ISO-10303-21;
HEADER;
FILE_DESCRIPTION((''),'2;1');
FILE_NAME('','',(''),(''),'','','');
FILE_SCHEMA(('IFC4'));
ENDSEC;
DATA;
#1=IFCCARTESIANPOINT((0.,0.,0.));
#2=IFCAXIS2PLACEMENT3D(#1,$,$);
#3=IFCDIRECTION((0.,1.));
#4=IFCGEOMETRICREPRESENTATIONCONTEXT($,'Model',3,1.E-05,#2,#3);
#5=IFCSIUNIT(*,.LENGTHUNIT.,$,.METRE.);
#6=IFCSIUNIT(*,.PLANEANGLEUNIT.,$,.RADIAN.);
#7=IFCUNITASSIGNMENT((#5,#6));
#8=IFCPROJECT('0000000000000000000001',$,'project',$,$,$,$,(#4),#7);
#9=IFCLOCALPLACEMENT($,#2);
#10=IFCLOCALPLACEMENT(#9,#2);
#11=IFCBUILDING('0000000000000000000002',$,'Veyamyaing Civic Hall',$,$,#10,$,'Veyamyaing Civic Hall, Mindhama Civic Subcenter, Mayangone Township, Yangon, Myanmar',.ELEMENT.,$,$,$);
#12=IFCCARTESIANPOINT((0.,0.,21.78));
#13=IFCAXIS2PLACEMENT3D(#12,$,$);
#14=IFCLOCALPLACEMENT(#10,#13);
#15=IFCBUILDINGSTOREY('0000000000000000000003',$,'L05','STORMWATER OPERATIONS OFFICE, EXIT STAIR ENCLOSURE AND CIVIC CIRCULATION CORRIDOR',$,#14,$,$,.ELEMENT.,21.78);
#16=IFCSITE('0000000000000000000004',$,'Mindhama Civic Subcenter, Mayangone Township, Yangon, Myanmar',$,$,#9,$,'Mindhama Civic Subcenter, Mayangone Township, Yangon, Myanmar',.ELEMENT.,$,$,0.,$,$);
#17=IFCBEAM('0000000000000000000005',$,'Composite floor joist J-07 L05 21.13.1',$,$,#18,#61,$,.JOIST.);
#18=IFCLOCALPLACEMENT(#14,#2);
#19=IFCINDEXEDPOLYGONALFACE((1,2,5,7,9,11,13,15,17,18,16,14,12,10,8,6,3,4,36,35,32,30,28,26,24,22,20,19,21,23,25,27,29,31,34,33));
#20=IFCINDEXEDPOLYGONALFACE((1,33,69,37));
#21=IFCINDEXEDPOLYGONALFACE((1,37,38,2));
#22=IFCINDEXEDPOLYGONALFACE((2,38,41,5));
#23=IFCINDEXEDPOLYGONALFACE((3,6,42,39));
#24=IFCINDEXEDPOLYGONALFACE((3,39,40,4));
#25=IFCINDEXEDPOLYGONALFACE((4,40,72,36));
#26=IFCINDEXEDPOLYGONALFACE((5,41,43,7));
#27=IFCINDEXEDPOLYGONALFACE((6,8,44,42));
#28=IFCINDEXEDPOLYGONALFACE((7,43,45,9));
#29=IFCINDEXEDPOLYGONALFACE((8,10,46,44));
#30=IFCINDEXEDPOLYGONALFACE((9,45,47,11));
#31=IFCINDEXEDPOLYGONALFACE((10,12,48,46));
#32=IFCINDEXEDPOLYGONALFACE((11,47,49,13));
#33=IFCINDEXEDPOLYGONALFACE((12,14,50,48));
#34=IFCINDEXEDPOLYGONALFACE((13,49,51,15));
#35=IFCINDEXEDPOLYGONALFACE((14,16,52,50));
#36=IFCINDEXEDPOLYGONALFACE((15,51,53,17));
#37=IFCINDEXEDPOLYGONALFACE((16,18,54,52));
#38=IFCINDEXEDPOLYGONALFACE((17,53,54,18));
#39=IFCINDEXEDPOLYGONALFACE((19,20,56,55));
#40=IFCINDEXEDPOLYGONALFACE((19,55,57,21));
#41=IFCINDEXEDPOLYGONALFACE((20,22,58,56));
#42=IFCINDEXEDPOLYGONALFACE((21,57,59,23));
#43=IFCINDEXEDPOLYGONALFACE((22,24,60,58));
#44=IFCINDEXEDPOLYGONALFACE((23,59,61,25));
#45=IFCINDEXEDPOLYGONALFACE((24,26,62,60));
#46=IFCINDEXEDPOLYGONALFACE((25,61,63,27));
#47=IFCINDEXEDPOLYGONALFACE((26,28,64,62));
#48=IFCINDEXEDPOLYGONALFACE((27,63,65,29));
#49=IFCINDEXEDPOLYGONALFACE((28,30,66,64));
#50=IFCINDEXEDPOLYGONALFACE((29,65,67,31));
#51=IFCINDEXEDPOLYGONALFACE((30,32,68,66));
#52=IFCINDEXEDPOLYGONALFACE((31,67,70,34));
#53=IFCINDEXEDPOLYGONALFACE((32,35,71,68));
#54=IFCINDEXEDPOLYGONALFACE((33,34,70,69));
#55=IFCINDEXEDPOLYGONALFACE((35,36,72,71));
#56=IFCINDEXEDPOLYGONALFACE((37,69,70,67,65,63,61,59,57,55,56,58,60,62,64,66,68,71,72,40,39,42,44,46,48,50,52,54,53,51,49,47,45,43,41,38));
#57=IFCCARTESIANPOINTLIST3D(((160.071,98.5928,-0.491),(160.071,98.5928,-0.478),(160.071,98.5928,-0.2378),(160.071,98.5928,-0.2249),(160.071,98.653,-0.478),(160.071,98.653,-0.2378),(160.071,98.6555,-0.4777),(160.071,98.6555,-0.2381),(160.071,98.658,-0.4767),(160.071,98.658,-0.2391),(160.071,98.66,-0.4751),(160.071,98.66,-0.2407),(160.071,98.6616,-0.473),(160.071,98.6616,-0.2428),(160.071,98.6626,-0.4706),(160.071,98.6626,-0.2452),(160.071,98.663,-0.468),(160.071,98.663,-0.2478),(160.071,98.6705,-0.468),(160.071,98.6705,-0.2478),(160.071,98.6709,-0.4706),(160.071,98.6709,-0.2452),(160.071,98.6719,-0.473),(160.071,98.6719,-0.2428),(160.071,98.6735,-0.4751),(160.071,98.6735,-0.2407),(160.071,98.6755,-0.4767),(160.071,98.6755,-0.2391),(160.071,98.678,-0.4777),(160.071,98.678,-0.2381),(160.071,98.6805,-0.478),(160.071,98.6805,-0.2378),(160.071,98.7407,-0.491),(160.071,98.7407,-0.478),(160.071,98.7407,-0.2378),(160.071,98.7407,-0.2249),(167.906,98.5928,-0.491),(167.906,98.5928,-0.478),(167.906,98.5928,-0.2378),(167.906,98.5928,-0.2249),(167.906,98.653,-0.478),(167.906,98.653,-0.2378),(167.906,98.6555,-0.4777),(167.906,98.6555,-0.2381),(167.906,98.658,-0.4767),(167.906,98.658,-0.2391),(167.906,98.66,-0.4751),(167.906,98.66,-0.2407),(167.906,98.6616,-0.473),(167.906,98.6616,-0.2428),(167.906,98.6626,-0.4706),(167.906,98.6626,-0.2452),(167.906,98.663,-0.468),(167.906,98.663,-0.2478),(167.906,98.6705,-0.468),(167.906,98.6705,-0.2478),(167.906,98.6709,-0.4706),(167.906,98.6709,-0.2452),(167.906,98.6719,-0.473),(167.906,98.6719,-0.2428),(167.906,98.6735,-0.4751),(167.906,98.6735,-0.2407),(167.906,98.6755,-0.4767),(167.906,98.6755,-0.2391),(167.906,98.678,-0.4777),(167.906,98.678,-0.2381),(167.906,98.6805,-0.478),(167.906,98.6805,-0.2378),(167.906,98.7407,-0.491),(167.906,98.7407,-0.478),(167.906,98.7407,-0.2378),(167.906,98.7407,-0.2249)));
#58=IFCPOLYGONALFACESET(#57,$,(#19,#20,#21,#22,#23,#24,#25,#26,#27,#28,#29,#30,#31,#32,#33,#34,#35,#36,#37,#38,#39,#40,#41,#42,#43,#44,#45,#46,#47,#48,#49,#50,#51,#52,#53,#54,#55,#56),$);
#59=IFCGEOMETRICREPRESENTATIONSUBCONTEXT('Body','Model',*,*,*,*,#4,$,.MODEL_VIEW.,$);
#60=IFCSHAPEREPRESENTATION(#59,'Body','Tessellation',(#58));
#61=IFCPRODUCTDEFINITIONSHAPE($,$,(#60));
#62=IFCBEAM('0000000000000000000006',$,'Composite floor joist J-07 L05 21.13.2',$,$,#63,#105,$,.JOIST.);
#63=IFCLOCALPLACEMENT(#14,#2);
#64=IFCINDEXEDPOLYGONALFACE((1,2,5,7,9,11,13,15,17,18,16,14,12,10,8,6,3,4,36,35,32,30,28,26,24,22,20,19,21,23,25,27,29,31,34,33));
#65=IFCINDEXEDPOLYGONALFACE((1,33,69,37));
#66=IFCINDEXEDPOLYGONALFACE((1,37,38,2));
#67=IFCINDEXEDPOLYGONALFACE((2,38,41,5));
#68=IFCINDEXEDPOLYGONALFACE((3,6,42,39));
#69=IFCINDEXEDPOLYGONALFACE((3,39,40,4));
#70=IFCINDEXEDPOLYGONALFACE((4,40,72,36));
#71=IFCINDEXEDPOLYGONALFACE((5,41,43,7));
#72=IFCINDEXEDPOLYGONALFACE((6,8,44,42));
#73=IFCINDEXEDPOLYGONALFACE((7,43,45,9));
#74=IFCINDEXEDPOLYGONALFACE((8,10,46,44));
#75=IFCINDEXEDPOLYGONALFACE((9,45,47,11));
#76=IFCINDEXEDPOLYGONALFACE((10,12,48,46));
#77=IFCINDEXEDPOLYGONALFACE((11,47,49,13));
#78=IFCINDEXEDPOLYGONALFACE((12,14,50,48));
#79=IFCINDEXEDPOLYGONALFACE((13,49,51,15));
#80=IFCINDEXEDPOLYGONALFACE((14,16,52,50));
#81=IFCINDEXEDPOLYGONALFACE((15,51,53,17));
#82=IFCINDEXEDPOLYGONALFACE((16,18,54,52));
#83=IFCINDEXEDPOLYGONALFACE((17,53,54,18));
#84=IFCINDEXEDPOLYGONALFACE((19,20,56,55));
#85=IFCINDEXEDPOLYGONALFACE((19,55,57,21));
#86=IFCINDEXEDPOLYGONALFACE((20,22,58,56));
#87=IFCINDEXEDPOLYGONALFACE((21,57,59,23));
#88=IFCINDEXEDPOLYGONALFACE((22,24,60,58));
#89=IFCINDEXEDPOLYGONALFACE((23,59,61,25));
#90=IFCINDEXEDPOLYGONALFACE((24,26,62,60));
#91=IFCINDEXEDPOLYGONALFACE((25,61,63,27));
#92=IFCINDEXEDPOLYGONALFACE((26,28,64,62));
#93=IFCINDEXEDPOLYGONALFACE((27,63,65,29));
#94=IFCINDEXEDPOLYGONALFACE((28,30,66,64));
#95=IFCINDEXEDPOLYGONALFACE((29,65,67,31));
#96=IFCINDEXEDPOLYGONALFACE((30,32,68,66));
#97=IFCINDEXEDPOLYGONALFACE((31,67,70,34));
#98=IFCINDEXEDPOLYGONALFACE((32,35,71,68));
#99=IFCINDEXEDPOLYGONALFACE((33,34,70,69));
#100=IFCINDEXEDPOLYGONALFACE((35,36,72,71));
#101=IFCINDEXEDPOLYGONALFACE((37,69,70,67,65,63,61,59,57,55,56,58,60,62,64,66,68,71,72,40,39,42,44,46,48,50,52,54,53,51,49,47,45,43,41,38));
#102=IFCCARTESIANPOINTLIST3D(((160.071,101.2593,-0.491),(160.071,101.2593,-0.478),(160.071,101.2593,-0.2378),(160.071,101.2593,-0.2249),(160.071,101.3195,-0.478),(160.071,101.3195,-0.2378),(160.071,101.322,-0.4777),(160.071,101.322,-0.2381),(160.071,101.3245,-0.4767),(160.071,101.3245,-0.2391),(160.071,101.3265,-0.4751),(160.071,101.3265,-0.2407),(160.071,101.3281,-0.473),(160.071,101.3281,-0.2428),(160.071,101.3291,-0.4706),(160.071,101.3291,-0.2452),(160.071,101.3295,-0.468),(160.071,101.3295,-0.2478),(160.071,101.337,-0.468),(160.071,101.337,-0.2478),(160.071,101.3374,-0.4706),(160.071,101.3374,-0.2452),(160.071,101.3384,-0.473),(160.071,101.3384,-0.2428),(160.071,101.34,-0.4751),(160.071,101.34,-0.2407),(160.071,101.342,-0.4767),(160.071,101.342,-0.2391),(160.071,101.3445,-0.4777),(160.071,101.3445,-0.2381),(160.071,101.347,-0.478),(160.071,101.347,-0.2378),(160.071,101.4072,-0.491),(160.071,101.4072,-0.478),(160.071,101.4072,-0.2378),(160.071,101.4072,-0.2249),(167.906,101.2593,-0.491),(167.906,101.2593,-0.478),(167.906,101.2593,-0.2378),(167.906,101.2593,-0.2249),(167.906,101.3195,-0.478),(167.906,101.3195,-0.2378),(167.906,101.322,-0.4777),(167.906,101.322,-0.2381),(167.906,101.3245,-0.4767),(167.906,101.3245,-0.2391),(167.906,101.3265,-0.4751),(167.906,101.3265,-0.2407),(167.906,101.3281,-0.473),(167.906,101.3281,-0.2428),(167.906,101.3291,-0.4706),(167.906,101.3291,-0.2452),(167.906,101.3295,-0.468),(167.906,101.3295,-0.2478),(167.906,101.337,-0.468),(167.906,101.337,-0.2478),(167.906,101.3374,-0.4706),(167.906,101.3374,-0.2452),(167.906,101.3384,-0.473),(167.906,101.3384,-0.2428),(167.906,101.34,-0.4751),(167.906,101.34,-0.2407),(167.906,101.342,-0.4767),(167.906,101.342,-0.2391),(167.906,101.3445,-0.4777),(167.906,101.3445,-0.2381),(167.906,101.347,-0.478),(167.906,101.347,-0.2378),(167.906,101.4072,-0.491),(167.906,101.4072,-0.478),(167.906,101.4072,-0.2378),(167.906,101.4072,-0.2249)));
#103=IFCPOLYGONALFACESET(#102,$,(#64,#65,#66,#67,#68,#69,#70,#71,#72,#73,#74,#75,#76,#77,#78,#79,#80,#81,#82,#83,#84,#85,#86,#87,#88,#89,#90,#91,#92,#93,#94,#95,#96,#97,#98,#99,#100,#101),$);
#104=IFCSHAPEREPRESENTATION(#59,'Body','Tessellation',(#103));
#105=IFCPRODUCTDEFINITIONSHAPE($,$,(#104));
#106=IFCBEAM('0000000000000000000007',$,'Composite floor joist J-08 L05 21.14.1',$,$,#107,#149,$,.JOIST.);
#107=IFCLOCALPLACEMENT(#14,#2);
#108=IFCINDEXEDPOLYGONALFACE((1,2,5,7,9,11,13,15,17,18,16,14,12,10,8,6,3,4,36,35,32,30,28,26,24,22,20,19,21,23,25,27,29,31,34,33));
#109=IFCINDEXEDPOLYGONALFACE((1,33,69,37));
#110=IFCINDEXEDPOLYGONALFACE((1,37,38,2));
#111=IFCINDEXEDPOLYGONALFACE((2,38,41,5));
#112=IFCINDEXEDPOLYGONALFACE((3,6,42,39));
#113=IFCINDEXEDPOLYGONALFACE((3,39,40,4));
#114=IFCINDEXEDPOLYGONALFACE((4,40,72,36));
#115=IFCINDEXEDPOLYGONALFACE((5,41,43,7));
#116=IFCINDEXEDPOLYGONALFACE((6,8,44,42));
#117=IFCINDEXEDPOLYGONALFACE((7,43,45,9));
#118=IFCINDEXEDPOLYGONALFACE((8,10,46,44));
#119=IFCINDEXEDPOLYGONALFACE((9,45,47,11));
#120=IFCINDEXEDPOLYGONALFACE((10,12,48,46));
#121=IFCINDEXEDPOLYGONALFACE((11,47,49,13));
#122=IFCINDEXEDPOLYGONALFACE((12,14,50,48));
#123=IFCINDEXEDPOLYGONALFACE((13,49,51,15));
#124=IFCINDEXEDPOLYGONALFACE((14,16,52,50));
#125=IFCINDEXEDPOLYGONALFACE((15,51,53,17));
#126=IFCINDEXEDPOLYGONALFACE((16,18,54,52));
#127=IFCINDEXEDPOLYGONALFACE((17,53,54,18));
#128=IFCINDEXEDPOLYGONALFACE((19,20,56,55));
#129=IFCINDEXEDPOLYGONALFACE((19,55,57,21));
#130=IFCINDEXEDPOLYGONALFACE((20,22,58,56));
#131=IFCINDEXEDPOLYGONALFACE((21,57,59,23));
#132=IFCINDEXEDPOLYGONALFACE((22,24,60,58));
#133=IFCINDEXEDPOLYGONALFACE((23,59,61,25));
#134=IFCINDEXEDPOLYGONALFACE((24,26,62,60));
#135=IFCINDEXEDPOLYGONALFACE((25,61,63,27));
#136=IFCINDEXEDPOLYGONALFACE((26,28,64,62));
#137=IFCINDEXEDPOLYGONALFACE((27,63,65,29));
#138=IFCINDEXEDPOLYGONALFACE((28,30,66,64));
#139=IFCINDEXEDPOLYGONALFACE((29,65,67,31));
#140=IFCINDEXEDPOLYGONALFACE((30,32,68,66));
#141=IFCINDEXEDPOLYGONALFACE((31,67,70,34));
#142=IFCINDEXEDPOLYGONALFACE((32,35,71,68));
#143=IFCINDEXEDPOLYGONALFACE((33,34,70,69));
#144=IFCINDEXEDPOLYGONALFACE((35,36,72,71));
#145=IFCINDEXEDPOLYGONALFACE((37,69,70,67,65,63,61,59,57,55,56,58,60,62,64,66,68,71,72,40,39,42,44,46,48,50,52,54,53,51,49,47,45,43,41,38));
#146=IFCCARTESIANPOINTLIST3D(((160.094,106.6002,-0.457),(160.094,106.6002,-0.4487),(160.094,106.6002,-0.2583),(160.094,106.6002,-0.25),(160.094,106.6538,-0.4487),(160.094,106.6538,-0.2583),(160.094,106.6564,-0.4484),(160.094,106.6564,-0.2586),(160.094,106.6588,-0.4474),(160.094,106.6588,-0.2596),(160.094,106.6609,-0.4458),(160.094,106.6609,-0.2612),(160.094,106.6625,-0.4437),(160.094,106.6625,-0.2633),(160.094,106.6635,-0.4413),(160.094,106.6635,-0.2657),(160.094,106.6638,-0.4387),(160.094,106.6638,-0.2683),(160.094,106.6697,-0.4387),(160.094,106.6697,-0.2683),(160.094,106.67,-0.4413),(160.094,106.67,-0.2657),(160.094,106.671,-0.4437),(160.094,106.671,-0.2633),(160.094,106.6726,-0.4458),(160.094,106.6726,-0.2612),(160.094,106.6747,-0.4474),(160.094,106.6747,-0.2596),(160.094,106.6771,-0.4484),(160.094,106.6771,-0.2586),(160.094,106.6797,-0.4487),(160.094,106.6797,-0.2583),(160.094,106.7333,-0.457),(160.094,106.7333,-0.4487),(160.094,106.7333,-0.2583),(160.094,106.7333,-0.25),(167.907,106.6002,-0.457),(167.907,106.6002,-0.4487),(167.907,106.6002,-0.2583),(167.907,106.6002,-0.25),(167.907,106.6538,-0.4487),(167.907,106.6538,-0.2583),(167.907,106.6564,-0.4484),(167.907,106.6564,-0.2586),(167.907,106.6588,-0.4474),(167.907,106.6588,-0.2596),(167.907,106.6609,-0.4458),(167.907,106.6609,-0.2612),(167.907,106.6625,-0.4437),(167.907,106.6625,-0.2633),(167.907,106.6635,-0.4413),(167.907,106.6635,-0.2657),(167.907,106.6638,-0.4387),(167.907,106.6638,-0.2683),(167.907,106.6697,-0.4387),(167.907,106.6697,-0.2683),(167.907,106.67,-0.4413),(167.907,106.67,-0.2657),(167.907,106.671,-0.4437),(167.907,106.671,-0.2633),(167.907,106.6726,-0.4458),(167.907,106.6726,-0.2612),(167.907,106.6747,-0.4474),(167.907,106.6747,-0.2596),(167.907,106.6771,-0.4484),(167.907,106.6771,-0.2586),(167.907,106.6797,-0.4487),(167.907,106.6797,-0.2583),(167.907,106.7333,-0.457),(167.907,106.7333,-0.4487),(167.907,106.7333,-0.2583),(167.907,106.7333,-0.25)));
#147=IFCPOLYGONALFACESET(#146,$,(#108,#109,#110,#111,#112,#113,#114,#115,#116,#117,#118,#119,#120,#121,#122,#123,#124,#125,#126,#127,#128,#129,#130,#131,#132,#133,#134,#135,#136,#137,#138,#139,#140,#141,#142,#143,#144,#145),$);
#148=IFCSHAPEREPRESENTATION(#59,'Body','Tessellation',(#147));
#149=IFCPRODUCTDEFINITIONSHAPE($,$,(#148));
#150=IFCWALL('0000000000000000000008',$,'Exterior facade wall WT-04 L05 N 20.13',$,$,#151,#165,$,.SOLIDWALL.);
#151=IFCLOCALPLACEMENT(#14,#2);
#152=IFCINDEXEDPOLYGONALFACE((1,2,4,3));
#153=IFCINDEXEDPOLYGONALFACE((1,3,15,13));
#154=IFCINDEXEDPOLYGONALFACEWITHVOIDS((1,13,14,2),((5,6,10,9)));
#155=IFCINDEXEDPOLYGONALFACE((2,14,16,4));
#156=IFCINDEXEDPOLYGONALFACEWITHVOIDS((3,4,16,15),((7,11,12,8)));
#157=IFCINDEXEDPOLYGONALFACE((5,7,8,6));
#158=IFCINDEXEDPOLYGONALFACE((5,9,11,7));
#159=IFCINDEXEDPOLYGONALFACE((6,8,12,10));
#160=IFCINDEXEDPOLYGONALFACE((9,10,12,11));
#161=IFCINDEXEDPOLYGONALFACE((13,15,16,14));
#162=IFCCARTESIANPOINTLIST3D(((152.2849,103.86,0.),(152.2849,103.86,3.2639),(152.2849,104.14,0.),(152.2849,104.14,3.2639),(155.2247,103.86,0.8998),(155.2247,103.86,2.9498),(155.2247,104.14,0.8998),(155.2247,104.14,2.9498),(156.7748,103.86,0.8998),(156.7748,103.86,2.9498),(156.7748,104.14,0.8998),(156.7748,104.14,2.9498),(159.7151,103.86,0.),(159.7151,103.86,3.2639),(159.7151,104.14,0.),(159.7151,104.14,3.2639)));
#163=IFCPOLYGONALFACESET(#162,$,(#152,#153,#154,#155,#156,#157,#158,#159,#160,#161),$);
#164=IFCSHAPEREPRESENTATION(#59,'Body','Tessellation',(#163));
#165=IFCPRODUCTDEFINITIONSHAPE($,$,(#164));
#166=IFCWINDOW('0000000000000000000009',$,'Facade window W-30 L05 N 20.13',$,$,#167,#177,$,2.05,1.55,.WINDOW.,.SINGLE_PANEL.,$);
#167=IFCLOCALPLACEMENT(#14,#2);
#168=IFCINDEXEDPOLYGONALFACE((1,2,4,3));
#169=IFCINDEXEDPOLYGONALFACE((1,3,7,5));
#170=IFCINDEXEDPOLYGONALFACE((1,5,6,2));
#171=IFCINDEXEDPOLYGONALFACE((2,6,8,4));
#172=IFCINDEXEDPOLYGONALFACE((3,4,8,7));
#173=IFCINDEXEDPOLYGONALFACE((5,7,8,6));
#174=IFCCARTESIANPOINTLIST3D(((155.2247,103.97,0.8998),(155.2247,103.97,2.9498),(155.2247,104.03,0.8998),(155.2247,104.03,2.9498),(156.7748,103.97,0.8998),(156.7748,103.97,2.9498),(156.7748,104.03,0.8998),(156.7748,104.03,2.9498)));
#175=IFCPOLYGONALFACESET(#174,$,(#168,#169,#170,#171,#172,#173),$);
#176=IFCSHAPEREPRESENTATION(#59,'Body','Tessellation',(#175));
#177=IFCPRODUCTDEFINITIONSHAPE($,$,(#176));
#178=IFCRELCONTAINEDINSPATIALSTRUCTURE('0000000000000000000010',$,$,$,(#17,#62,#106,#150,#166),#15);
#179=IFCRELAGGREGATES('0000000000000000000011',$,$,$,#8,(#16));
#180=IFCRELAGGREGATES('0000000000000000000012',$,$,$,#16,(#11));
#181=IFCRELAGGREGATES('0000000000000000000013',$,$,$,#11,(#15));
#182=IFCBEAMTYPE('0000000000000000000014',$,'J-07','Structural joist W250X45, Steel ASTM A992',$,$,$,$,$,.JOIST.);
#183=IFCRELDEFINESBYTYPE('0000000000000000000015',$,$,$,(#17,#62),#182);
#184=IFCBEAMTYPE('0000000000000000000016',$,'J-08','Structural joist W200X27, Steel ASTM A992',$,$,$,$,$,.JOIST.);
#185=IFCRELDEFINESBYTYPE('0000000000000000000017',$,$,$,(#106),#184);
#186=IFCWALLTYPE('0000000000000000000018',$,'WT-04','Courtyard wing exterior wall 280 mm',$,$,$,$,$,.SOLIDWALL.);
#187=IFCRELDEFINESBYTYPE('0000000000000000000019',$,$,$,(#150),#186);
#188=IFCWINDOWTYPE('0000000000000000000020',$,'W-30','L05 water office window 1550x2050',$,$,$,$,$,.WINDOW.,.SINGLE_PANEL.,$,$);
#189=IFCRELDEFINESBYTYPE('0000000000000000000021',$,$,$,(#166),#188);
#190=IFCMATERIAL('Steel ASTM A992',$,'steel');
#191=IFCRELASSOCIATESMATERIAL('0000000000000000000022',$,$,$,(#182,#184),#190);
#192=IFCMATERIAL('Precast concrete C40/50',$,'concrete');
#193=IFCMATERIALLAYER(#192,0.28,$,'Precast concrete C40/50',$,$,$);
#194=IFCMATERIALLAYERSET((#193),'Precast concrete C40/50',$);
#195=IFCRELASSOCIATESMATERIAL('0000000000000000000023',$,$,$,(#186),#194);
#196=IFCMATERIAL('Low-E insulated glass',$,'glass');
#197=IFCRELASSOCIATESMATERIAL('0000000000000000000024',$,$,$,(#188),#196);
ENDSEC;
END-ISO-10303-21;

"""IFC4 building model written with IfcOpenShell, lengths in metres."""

from ifc_helpers import new_model, si_unit, direction, frame, frame_2d, origin, origin_2d, place, context, subcontext, project, spatial, rectangle, i_section, extrude, material, layer, layer_set, material_profile, profile_set, type_object, element, fill, save


model = new_model("IFC4")

# Units and contexts
model_context = context("Model", 3, precision=1e-05, world=origin(), true_north=direction((0.0, 1.0)))
body_context = subcontext(model_context, "Body", "Model", "MODEL_VIEW")
ifc_project = project(units=[si_unit("LENGTHUNIT", "METRE"), si_unit("PLANEANGLEUNIT", "RADIAN")], contexts=[model_context])

# Site, building, storey
site_placement = place(None, origin())
site = spatial("IfcSite", under=ifc_project, at=site_placement, Name="Mindhama Civic Subcenter, Mayangone Township, Yangon, Myanmar", LongName="Mindhama Civic Subcenter, Mayangone Township, Yangon, Myanmar", CompositionType="ELEMENT", RefElevation=0.0)
building_placement = place(site_placement, origin())
building = spatial("IfcBuilding", under=site, at=building_placement, Name="Veyamyaing Civic Hall", LongName="Veyamyaing Civic Hall, Mindhama Civic Subcenter, Mayangone Township, Yangon, Myanmar", CompositionType="ELEMENT")
storey_placement = place(building_placement, frame((0.0, 0.0, 21.78)))
storey = spatial("IfcBuildingStorey", under=building, at=storey_placement, Name="L05", Description="STORMWATER OPERATIONS OFFICE, EXIT STAIR ENCLOSURE AND CIVIC CIRCULATION CORRIDOR", CompositionType="ELEMENT", Elevation=21.78)

# Beams
ifc_material_1 = material(Name="Steel ASTM A992", Category="steel")
ifc_material_profile_1 = material_profile(ifc_material_1, i_section(OverallWidth=0.1479, OverallDepth=0.2661, WebThickness=0.0076, FlangeThickness=0.0129, FilletRadius=0.01, at=origin_2d()), Name="W250X45")
ifc_profile_set_1 = profile_set([ifc_material_profile_1], Name="Steel ASTM A992")
beam_type_1 = type_object("IfcBeamType", Name="J-07", Description="Structural joist W250X45, Steel ASTM A992", PredefinedType="JOIST", material=ifc_profile_set_1)
for number, where, z_axis, x_axis, name in (
    (1, (160.071, 98.6667, -0.3579), (1.0, 0.0, 0.0), (0.0, 1.0, 0.0), "Composite floor joist J-07 L05 21.13.1"),
    (2, (160.071, 101.3333, -0.3579), (1.0, 0.0, 0.0), (0.0, 1.0, 0.0), "Composite floor joist J-07 L05 21.13.2"),
):
    element("IfcBeam", number, at=place(storey_placement, frame(where, z_axis=z_axis, x_axis=x_axis)), inside=storey, type_object=beam_type_1, Name=name, PredefinedType="JOIST", context=body_context, shape_type="SweptSolid", body=[
        extrude(i_section(OverallWidth=0.1479, OverallDepth=0.2661, WebThickness=0.0076, FlangeThickness=0.0129, FilletRadius=0.01, at=origin_2d()), origin(), (0.0, 0.0, 1.0), 7.835),
    ])
ifc_material_profile_2 = material_profile(ifc_material_1, i_section(OverallWidth=0.1331, OverallDepth=0.207, WebThickness=0.0059, FlangeThickness=0.0083, FilletRadius=0.01, at=origin_2d()), Name="W200X27")
ifc_profile_set_2 = profile_set([ifc_material_profile_2], Name="Steel ASTM A992")
beam_type_2 = type_object("IfcBeamType", Name="J-08", Description="Structural joist W200X27, Steel ASTM A992", PredefinedType="JOIST", material=ifc_profile_set_2)
beam_1_placement = place(storey_placement, frame((160.094, 106.6667, -0.3535), z_axis=(1.0, 0.0, 0.0), x_axis=(0.0, 1.0, 0.0)))
element("IfcBeam", 3, at=beam_1_placement, inside=storey, type_object=beam_type_2, Name="Composite floor joist J-08 L05 21.14.1", PredefinedType="JOIST", context=body_context, shape_type="SweptSolid", body=[
    extrude(i_section(OverallWidth=0.1331, OverallDepth=0.207, WebThickness=0.0059, FlangeThickness=0.0083, FilletRadius=0.01, at=origin_2d()), origin(), (0.0, 0.0, 1.0), 7.813),
])

# Wall, opening, window
ifc_material_2 = material(Name="Precast concrete C40/50", Category="concrete")
ifc_layer_1 = layer(ifc_material_2, 0.28, Name="Precast concrete C40/50")
ifc_layer_set_1 = layer_set([ifc_layer_1], Name="Precast concrete C40/50")
wall_type_1 = type_object("IfcWallType", Name="WT-04", Description="Courtyard wing exterior wall 280 mm", PredefinedType="SOLIDWALL", material=ifc_layer_set_1)
wall_1_placement = place(storey_placement, frame((152.2849, 104.0, 0.0), z_axis=(0.0, 0.0, 1.0), x_axis=(1.0, 0.0, 0.0)))
wall_1 = element("IfcWall", 4, at=wall_1_placement, inside=storey, type_object=wall_type_1, Name="Exterior facade wall WT-04 L05 N 20.13", PredefinedType="SOLIDWALL", context=body_context, shape_type="SweptSolid", body=[
    extrude(rectangle(XDim=7.4302, YDim=0.28, at=frame_2d((3.7151, 0.0))), origin(), (0.0, 0.0, 1.0), 3.2639),
])
opening_1_placement = place(wall_1_placement, frame((2.9399, 0.0, 0.8999)))
opening_1 = element("IfcOpeningElement", 5, at=opening_1_placement, cuts=wall_1, PredefinedType="OPENING", context=body_context, shape_type="SweptSolid", body=[
    extrude(rectangle(XDim=1.55, YDim=2.05, at=frame_2d((0.7749, 1.0249))), frame((0.0, 0.1499, 0.0), z_axis=(0.0, -1.0, 0.0), x_axis=(1.0, 0.0, 0.0)), (0.0, 0.0, 1.0), 0.3),
])
ifc_material_3 = material(Name="Low-E insulated glass", Category="glass")
window_type_1 = type_object("IfcWindowType", Name="W-30", Description="L05 water office window 1550x2050", PartitioningType="SINGLE_PANEL", PredefinedType="WINDOW", material=ifc_material_3)
window_1_placement = place(opening_1_placement, origin())
window_1 = element("IfcWindow", 6, at=window_1_placement, inside=storey, type_object=window_type_1, Name="Facade window W-30 L05 N 20.13", OverallHeight=2.05, OverallWidth=1.55, PartitioningType="SINGLE_PANEL", PredefinedType="WINDOW", context=body_context, shape_type="SweptSolid", body=[
    extrude(rectangle(XDim=1.55, YDim=2.05, at=frame_2d((0.7749, 1.0249))), frame((0.0, 0.03, 0.0), z_axis=(0.0, -1.0, 0.0), x_axis=(1.0, 0.0, 0.0)), (0.0, 0.0, 1.0), 0.0601),
])
fill(opening_1, window_1)

save(model, "model.ifc")
